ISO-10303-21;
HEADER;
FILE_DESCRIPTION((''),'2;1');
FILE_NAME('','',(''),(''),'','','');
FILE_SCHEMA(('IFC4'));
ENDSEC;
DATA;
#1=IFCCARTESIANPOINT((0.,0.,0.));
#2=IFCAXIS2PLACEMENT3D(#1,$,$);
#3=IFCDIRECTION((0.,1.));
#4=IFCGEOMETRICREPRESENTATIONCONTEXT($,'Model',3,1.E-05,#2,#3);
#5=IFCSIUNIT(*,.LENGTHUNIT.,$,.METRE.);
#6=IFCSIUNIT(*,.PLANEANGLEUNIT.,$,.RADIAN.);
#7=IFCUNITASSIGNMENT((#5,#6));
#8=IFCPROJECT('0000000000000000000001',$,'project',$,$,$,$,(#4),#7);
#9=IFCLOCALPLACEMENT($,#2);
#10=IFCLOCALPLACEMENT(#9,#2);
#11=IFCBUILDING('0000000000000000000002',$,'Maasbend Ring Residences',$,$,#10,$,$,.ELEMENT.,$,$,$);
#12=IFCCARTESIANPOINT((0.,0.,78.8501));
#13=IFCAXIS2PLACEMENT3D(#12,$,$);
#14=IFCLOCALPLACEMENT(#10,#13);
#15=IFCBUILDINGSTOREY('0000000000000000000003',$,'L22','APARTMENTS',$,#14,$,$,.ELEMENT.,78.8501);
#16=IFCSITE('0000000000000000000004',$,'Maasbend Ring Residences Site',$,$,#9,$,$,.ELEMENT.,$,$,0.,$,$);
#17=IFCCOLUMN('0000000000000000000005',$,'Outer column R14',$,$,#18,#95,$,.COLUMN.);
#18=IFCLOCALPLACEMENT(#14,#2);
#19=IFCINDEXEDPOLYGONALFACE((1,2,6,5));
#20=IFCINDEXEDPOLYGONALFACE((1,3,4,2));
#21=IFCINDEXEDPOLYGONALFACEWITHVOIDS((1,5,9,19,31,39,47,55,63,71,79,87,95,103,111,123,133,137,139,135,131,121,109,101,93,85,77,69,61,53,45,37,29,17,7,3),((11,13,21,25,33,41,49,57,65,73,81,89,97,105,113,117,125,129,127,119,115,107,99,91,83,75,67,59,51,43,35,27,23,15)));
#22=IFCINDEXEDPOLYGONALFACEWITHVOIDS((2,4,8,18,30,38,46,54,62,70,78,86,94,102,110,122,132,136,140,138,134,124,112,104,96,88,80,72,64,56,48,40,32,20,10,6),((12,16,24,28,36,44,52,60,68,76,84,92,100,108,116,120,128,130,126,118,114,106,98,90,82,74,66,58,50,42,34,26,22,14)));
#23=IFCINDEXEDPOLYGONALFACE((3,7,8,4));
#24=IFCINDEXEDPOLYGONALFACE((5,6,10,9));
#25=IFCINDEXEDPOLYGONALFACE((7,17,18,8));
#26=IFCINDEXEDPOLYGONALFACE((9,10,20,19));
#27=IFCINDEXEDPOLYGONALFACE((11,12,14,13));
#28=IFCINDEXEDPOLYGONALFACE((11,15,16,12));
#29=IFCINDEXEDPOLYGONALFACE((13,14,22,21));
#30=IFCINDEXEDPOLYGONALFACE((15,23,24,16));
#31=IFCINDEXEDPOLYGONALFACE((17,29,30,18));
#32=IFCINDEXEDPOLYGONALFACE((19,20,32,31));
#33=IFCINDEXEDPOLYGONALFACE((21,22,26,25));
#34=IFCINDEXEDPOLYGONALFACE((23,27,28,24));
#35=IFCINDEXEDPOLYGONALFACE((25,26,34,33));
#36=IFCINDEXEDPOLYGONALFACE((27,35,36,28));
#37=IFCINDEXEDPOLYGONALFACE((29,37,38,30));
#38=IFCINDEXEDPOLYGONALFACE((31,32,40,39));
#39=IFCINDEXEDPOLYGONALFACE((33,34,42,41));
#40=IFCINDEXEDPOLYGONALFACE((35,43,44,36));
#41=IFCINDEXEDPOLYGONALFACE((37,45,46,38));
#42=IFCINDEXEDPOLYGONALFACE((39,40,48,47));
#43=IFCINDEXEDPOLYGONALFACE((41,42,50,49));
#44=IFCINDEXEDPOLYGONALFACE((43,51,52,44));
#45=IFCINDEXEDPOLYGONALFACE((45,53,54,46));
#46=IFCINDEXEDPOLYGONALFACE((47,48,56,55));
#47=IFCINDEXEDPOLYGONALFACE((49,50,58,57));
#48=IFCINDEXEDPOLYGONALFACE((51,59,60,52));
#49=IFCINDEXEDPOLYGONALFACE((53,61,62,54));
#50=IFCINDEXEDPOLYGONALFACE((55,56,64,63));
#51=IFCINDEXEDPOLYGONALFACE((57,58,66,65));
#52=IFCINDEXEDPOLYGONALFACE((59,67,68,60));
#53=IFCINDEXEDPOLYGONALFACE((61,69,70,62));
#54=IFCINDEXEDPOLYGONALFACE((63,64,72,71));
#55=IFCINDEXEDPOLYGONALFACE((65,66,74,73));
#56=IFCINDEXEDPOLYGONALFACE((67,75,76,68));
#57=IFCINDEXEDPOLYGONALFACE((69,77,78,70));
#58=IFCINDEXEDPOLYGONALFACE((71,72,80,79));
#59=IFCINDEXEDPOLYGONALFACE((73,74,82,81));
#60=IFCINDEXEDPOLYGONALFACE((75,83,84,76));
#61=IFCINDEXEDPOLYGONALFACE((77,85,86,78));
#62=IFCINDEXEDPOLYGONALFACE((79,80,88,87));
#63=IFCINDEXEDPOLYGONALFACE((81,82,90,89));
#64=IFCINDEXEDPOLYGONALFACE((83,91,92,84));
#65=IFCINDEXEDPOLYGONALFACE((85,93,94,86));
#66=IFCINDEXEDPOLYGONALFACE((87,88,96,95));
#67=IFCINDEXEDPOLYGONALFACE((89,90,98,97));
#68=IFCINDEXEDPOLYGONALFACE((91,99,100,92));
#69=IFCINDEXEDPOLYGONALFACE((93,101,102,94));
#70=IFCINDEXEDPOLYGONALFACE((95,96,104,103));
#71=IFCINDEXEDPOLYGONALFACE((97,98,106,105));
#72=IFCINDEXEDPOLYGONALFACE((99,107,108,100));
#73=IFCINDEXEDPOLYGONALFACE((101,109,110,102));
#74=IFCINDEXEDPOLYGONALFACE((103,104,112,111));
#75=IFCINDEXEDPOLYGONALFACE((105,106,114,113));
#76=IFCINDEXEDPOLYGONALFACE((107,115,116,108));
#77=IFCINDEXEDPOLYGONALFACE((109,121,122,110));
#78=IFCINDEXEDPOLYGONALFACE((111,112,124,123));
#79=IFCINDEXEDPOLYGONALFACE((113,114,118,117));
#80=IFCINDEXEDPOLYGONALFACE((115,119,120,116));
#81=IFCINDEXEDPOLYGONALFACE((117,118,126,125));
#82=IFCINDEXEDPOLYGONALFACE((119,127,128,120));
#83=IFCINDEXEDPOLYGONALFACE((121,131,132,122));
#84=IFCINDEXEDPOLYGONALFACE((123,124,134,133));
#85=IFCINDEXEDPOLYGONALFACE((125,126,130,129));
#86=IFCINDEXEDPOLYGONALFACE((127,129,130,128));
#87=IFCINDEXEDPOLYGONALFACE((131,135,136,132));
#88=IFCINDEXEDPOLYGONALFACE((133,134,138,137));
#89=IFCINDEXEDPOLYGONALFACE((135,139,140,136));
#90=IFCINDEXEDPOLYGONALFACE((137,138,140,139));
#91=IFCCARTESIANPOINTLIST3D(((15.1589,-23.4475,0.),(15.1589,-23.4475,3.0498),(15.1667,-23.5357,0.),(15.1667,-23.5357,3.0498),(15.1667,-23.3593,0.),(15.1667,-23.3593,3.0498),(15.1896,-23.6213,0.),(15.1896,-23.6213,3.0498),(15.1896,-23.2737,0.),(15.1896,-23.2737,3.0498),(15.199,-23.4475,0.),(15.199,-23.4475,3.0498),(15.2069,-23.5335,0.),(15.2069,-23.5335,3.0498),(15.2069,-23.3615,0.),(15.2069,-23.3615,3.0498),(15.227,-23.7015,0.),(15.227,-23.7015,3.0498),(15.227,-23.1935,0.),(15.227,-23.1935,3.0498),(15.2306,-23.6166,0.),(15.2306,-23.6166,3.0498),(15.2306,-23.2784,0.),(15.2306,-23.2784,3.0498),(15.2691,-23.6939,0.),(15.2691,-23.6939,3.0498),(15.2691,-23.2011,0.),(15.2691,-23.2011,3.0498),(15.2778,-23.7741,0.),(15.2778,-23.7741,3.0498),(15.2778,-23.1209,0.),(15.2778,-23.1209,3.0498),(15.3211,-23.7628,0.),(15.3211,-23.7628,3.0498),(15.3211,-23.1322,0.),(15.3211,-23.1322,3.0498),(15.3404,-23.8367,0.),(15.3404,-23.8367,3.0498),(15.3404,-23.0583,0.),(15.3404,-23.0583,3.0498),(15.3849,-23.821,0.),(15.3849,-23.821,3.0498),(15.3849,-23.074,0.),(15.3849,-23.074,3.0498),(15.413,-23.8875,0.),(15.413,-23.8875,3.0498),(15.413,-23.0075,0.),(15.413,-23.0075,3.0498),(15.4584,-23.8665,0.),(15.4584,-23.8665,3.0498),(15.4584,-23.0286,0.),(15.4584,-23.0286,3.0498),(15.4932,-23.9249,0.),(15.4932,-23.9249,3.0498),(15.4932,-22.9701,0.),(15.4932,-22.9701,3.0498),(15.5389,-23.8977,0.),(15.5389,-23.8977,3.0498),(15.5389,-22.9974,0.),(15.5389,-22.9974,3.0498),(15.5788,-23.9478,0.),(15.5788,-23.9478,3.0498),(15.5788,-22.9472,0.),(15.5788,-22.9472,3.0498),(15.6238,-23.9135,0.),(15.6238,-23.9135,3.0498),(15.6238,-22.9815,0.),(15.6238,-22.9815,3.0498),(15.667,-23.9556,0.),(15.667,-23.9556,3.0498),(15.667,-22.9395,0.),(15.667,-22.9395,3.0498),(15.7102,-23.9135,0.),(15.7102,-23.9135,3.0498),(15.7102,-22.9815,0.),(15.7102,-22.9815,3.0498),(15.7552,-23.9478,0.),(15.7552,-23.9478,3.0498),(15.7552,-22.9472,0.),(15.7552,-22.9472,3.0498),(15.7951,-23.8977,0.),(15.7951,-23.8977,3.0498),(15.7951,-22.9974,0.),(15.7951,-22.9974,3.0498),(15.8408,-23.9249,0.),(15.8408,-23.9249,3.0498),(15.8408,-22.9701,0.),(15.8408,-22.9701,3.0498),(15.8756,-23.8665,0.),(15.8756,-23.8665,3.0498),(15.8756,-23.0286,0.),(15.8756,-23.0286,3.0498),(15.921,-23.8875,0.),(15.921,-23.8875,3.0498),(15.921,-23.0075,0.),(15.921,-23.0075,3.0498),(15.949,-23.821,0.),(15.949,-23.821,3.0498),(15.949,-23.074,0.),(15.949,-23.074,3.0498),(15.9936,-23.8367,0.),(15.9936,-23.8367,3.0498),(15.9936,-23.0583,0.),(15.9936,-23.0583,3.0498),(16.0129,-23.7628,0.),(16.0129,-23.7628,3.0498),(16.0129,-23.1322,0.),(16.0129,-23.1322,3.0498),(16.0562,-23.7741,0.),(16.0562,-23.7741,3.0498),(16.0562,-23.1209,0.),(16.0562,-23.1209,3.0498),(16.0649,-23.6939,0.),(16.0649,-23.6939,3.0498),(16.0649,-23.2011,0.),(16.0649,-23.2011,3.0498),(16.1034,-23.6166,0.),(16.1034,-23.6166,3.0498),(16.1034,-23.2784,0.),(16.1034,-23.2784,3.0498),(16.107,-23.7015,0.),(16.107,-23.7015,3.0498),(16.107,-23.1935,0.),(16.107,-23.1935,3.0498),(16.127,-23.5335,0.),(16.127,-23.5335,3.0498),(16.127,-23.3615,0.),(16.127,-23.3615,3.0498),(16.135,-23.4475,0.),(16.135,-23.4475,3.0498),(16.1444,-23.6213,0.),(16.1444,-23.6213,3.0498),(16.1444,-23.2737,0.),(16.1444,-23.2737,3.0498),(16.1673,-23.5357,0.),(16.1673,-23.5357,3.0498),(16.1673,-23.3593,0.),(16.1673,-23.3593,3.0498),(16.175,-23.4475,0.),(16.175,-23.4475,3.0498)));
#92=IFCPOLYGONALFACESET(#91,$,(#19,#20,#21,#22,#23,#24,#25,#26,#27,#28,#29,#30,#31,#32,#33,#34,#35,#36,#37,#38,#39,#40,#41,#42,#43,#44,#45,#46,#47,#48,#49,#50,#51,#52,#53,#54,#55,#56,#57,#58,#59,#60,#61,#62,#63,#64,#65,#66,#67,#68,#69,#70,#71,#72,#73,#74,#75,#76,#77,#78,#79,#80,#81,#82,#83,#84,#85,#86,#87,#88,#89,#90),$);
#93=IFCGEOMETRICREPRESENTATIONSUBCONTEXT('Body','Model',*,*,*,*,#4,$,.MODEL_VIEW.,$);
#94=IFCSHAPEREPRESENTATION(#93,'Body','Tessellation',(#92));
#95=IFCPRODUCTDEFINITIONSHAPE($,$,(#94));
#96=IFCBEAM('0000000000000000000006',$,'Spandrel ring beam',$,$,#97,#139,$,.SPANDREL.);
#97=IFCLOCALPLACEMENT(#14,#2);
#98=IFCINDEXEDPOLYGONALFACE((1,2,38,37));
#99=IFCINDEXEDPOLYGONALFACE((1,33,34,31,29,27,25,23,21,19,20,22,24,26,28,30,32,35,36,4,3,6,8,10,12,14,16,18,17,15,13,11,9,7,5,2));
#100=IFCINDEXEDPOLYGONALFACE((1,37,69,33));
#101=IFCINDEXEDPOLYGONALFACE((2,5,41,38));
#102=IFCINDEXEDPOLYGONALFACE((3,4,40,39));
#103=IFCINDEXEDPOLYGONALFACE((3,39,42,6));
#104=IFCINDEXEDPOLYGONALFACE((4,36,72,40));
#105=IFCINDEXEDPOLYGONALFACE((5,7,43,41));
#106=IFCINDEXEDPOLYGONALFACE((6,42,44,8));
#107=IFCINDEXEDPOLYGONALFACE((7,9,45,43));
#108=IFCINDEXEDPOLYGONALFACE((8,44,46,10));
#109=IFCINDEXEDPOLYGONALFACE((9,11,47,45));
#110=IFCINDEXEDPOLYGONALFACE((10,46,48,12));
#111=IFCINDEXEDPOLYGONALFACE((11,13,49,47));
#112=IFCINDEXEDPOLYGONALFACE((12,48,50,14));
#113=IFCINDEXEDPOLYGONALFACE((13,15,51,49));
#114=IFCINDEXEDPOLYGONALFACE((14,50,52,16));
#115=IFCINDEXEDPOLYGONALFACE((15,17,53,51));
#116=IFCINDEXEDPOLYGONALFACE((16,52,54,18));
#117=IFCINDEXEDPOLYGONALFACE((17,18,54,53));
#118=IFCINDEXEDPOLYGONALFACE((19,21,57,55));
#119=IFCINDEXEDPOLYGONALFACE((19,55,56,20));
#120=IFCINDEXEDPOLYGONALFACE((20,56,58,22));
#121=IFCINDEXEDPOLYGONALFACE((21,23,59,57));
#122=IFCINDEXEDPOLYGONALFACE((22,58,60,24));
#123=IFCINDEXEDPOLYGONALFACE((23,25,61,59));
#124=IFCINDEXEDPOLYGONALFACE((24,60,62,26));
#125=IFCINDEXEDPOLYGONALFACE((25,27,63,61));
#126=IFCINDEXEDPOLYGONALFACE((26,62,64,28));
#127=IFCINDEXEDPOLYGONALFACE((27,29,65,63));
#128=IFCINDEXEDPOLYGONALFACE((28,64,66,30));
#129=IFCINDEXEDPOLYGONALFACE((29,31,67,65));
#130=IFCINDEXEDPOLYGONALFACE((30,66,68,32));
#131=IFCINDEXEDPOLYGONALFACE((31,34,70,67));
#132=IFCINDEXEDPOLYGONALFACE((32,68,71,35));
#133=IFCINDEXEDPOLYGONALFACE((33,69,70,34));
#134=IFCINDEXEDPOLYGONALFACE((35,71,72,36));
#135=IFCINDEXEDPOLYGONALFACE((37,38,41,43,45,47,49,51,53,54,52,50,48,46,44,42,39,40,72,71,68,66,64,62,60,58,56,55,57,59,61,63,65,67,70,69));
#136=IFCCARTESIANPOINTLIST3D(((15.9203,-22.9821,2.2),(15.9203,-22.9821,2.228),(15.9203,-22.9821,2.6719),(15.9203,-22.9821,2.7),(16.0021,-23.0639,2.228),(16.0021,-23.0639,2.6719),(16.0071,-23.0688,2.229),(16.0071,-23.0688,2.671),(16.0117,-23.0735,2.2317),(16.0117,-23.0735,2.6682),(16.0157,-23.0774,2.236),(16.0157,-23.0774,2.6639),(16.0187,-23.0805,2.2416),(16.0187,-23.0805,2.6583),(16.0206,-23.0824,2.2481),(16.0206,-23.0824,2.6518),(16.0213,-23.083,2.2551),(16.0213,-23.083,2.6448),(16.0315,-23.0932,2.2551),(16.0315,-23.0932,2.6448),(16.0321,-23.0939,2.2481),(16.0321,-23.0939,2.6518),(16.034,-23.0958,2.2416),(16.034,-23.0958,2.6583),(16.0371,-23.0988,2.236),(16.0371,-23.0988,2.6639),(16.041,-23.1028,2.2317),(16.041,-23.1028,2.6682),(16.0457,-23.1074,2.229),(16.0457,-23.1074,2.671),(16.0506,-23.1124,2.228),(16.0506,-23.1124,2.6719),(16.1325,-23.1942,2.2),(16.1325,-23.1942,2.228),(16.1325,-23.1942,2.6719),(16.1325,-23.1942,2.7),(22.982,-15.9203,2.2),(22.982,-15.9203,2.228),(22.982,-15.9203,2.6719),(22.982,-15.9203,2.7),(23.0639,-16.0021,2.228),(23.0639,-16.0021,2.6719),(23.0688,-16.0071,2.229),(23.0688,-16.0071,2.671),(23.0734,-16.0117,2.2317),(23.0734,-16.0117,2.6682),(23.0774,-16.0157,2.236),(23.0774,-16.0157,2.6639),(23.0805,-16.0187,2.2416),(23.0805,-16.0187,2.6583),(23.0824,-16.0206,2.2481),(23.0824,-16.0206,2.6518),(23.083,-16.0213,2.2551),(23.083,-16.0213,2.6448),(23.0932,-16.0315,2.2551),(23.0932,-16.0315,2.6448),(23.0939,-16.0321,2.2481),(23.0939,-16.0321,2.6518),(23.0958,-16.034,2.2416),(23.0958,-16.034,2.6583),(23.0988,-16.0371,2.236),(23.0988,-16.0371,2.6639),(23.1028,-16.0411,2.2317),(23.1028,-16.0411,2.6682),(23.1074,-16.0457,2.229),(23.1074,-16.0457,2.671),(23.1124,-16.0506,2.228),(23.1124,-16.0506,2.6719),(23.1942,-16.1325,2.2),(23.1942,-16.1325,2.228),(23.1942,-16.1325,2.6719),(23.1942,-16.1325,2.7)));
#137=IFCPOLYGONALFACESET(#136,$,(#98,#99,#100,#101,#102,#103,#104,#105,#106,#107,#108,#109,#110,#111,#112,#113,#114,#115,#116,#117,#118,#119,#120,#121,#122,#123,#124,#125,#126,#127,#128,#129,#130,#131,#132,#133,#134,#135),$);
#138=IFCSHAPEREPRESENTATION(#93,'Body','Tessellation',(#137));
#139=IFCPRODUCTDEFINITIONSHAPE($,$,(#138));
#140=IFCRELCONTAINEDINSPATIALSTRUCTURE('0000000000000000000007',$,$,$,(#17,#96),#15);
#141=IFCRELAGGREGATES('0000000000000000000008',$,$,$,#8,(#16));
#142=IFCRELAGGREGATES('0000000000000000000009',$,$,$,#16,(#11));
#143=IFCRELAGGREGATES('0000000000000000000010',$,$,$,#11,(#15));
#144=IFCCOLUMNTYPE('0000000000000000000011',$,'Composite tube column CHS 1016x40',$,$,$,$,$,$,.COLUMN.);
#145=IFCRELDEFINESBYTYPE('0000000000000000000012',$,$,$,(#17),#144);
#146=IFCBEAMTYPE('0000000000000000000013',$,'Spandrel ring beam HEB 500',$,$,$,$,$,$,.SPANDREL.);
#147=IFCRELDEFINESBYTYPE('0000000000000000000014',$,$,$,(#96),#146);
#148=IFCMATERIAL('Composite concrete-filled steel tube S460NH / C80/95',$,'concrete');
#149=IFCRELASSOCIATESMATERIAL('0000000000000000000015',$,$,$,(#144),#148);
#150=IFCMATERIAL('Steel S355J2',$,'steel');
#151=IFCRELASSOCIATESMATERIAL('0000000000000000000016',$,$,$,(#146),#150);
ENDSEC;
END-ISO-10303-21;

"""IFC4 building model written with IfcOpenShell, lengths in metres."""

from ifc_helpers import new_model, si_unit, direction, frame, origin, origin_2d, place, context, subcontext, project, spatial, hollow_circle, i_section, extrude, material, material_profile, profile_set, type_object, element, save


model = new_model("IFC4")

# Units and contexts
model_context = context("Model", 3, precision=1e-05, world=origin(), true_north=direction((0.0, 1.0)))
body_context = subcontext(model_context, "Body", "Model", "MODEL_VIEW")
ifc_project = project(units=[si_unit("LENGTHUNIT", "METRE"), si_unit("PLANEANGLEUNIT", "RADIAN")], contexts=[model_context])

# Site, building, storey
site_placement = place(None, origin())
site = spatial("IfcSite", under=ifc_project, at=site_placement, Name="Maasbend Ring Residences Site", CompositionType="ELEMENT", RefElevation=0.0)
building_placement = place(site_placement, origin())
building = spatial("IfcBuilding", under=site, at=building_placement, Name="Maasbend Ring Residences", CompositionType="ELEMENT")
storey_placement = place(building_placement, frame((0.0, 0.0, 78.8501)))
storey = spatial("IfcBuildingStorey", under=building, at=storey_placement, Name="L22", Description="APARTMENTS", CompositionType="ELEMENT", Elevation=78.8501)

# Column
ifc_material_1 = material(Name="Composite concrete-filled steel tube S460NH / C80/95", Category="concrete")
ifc_material_profile_1 = material_profile(ifc_material_1, hollow_circle(Radius=0.5081, WallThickness=0.04, at=origin_2d()), Name="Composite tube column CHS 1016x40")
ifc_profile_set_1 = profile_set([ifc_material_profile_1], Name="Composite concrete-filled steel tube S460NH / C80/95")
column_type = type_object("IfcColumnType", Name="Composite tube column CHS 1016x40", PredefinedType="COLUMN", material=ifc_profile_set_1)
column_placement = place(storey_placement, frame((15.667, -23.4475, 0.0), z_axis=(0.0, 0.0, 1.0), x_axis=(1.0, 0.0, 0.0)))
element("IfcColumn", 1, at=column_placement, inside=storey, type_object=column_type, Name="Outer column R14", PredefinedType="COLUMN", context=body_context, shape_type="SweptSolid", body=[
    extrude(hollow_circle(Radius=0.5081, WallThickness=0.04, at=origin_2d()), origin(), (0.0, 0.0, 1.0), 3.0498),
])

# Beam
ifc_material_2 = material(Name="Steel S355J2", Category="steel")
ifc_material_profile_2 = material_profile(ifc_material_2, i_section(OverallWidth=0.3, OverallDepth=0.5, WebThickness=0.0144, FlangeThickness=0.0281, FilletRadius=0.0271, at=origin_2d()), Name="HEB 500")
ifc_profile_set_2 = profile_set([ifc_material_profile_2], Name="Steel S355J2")
beam_type = type_object("IfcBeamType", Name="Spandrel ring beam HEB 500", PredefinedType="SPANDREL", material=ifc_profile_set_2)
beam_placement = place(storey_placement, frame((16.0264, -23.0881, 2.45), z_axis=(0.707107, 0.707107, 0.0), x_axis=(-0.707107, 0.707107, 0.0)))
element("IfcBeam", 2, at=beam_placement, inside=storey, type_object=beam_type, Name="Spandrel ring beam", PredefinedType="SPANDREL", context=body_context, shape_type="SweptSolid", body=[
    extrude(i_section(OverallWidth=0.3, OverallDepth=0.5, WebThickness=0.0144, FlangeThickness=0.0281, FilletRadius=0.0271, at=origin_2d()), origin(), (0.0, 0.0, 1.0), 9.9868),
])

save(model, "model.ifc")
